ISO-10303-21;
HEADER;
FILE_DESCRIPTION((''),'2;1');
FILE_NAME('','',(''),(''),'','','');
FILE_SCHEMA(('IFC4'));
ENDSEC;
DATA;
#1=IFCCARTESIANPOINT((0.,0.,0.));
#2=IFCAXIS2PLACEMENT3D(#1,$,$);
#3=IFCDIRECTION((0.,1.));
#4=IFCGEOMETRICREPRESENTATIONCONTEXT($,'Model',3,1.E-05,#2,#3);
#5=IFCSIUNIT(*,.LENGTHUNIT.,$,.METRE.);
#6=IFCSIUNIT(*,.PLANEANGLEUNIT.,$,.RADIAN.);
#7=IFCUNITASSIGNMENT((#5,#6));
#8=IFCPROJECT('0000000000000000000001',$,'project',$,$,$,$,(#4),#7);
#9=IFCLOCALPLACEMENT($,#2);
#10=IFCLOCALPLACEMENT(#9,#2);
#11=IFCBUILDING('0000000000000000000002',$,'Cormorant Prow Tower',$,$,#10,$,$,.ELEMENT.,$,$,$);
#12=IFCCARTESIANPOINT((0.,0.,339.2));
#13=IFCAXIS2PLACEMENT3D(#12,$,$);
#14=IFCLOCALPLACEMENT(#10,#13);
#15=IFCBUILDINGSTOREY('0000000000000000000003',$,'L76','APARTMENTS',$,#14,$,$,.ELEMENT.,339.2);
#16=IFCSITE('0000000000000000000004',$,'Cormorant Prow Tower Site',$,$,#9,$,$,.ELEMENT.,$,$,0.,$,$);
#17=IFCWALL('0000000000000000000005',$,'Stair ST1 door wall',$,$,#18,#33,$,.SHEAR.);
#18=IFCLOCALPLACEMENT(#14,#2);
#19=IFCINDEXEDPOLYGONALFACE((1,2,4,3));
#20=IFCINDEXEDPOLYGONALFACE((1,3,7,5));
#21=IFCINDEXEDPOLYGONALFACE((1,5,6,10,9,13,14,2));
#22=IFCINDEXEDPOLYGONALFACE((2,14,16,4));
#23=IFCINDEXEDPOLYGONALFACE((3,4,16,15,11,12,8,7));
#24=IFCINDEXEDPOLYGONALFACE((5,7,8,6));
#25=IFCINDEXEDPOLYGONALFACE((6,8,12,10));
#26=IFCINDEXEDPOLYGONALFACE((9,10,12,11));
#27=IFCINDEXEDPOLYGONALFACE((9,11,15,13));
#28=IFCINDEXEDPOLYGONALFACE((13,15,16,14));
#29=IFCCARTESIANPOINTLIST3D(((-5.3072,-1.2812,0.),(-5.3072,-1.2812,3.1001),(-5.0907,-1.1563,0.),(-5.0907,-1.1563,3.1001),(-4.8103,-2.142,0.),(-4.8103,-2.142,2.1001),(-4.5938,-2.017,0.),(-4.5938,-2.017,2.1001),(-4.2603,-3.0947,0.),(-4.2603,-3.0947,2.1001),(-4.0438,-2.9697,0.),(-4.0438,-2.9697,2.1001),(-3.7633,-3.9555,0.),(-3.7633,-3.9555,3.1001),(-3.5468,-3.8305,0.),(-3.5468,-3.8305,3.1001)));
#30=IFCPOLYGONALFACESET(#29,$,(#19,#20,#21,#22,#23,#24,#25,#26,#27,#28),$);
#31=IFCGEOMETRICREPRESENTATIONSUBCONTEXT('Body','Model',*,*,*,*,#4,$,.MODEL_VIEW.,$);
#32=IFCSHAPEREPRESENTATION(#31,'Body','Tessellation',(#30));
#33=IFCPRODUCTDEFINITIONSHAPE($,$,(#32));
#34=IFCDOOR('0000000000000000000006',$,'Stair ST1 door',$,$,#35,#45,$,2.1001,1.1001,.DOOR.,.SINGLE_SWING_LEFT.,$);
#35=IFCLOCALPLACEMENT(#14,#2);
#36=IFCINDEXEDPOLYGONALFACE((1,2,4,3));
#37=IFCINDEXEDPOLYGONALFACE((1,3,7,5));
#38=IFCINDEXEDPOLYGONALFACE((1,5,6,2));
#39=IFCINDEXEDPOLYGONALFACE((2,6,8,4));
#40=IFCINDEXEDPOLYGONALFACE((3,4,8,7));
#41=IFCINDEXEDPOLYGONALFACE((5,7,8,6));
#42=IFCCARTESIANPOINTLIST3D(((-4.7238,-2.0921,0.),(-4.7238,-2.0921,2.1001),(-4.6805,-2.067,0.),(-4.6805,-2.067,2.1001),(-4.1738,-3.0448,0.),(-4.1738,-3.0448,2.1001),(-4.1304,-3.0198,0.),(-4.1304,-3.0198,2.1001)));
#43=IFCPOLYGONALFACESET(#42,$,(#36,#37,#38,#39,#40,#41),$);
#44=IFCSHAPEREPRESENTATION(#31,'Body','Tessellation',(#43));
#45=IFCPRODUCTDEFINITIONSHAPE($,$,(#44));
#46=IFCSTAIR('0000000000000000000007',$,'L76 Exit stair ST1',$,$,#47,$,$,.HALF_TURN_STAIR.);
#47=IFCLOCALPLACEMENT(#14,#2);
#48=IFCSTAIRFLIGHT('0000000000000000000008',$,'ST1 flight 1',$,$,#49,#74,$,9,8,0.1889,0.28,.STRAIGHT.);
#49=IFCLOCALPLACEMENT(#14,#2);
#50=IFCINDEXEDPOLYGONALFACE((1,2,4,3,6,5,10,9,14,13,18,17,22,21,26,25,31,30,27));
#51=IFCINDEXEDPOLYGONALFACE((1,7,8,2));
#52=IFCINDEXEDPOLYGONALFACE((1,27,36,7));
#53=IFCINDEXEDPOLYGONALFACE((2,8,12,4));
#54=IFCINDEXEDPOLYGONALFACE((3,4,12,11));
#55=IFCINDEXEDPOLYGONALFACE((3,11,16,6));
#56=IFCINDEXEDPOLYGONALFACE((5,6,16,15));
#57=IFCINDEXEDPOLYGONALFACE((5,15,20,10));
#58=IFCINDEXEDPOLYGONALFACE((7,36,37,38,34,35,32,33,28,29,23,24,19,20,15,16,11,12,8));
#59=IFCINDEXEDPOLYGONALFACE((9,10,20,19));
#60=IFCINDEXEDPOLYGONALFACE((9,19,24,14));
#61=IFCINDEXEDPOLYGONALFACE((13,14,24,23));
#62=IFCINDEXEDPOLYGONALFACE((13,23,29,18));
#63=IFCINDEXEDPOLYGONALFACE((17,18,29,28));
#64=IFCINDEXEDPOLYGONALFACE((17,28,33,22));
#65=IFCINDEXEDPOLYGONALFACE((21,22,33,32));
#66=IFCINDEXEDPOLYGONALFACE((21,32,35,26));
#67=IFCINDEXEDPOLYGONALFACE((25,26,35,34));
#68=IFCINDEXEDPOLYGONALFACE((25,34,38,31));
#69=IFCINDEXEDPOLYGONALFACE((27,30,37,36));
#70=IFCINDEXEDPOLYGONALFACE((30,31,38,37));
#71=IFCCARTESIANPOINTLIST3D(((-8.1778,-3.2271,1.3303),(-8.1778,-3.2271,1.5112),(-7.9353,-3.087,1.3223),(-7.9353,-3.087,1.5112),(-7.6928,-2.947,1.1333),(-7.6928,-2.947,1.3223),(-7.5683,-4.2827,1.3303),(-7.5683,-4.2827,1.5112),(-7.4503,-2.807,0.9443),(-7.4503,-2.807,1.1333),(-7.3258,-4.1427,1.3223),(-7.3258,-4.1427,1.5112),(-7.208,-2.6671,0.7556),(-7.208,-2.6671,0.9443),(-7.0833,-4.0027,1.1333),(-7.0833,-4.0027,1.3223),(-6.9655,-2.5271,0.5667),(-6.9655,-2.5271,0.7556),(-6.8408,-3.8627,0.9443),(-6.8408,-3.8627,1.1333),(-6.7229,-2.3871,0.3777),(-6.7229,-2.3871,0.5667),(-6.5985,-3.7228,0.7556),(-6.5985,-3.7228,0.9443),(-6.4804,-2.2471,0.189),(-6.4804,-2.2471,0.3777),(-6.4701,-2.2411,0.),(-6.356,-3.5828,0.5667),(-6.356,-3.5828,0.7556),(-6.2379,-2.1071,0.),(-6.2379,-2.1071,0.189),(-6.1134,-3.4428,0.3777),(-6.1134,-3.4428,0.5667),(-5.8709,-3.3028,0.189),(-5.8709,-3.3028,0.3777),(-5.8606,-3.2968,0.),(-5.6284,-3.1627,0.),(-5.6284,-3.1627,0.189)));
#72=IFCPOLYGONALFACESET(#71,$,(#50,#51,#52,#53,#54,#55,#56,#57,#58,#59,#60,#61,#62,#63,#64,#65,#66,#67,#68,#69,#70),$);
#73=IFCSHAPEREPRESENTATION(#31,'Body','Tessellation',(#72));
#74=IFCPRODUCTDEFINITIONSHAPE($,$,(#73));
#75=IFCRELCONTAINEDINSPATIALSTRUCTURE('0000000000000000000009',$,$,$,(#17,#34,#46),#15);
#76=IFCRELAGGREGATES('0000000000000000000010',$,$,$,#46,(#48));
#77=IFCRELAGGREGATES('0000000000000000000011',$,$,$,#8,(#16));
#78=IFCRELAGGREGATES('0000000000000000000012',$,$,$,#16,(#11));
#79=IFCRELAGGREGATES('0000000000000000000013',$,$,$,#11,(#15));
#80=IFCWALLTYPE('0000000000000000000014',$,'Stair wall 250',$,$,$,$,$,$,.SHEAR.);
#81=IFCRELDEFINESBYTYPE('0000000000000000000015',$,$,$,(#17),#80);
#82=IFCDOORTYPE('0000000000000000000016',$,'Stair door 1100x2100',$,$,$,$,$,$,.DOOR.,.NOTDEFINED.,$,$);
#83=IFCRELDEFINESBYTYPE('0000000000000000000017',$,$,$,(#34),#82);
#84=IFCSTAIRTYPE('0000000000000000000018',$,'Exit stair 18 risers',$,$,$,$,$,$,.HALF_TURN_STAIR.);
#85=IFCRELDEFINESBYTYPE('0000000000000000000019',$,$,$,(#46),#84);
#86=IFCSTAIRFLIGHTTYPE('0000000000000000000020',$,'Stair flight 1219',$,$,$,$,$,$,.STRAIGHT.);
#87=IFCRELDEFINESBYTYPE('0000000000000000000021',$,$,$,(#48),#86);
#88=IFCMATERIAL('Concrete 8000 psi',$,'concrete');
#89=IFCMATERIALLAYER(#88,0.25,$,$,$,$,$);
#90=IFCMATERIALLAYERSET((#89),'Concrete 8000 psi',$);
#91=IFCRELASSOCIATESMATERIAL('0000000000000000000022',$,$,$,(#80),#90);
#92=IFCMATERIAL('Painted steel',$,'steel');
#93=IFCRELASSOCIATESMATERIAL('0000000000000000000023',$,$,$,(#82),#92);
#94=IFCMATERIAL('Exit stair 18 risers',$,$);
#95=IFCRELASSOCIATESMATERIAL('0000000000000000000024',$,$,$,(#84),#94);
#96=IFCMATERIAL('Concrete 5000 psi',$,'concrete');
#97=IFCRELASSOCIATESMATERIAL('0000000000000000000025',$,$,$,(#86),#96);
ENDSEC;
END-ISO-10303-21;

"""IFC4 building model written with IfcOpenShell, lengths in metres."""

from ifc_helpers import new_model, si_unit, direction, frame, frame_2d, origin, place, context, subcontext, project, spatial, polyline, rectangle, outline, extrude, material, layer, layer_set, type_object, element, fill, aggregate, save


model = new_model("IFC4")

# Units and contexts
model_context = context("Model", 3, precision=1e-05, world=origin(), true_north=direction((0.0, 1.0)))
body_context = subcontext(model_context, "Body", "Model", "MODEL_VIEW")
ifc_project = project(units=[si_unit("LENGTHUNIT", "METRE"), si_unit("PLANEANGLEUNIT", "RADIAN")], contexts=[model_context])

# Site, building, storey
site_placement = place(None, origin())
site = spatial("IfcSite", under=ifc_project, at=site_placement, Name="Cormorant Prow Tower Site", CompositionType="ELEMENT", RefElevation=0.0)
building_placement = place(site_placement, origin())
building = spatial("IfcBuilding", under=site, at=building_placement, Name="Cormorant Prow Tower", CompositionType="ELEMENT")
storey_placement = place(building_placement, frame((0.0, 0.0, 339.2)))
storey = spatial("IfcBuildingStorey", under=building, at=storey_placement, Name="L76", Description="APARTMENTS", CompositionType="ELEMENT", Elevation=339.2)

# Wall, opening, door
ifc_material_1 = material(Name="Concrete 8000 psi", Category="concrete")
ifc_layer_1 = layer(ifc_material_1, 0.25)
ifc_layer_set_1 = layer_set([ifc_layer_1], Name="Concrete 8000 psi")
wall_type_1 = type_object("IfcWallType", Name="Stair wall 250", PredefinedType="SHEAR", material=ifc_layer_set_1)
wall_1_placement = place(storey_placement, frame((-5.199, -1.2188, 0.0), z_axis=(0.0, 0.0, 1.0), x_axis=(0.499983, -0.866035, 0.0)))
wall_1 = element("IfcWall", 1, at=wall_1_placement, inside=storey, type_object=wall_type_1, Name="Stair ST1 door wall", PredefinedType="SHEAR", context=body_context, shape_type="SweptSolid", body=[
    extrude(rectangle(XDim=3.0879, YDim=0.25, at=frame_2d((1.5439, 0.0))), origin(), (0.0, 0.0, 1.0), 3.1001),
])
opening_1_placement = place(wall_1_placement, frame((0.9939, 0.0, 0.0)))
opening_1 = element("IfcOpeningElement", 2, at=opening_1_placement, cuts=wall_1, PredefinedType="OPENING", context=body_context, shape_type="SweptSolid", body=[
    extrude(rectangle(XDim=1.1001, YDim=2.1001, at=frame_2d((0.55, 1.05))), frame((0.0, 0.135, 0.0), z_axis=(0.0, -1.0, 0.0), x_axis=(1.0, 0.0, 0.0)), (0.0, 0.0, 1.0), 0.27),
])
ifc_material_2 = material(Name="Painted steel", Category="steel")
door_type_1 = type_object("IfcDoorType", Name="Stair door 1100x2100", OperationType="NOTDEFINED", PredefinedType="DOOR", material=ifc_material_2)
door_1_placement = place(opening_1_placement, origin())
door_1 = element("IfcDoor", 3, at=door_1_placement, inside=storey, type_object=door_type_1, Name="Stair ST1 door", OperationType="SINGLE_SWING_LEFT", OverallHeight=2.1001, OverallWidth=1.1001, PredefinedType="DOOR", context=body_context, shape_type="SweptSolid", body=[
    extrude(rectangle(XDim=1.1001, YDim=2.1001, at=frame_2d((0.55, 1.05))), frame((0.0, 0.0249, 0.0), z_axis=(0.0, -1.0, 0.0), x_axis=(1.0, 0.0, 0.0)), (0.0, 0.0, 1.0), 0.05),
])
fill(opening_1, door_1)

# Stair, stair flight
ifc_material_3 = material(Name="Exit stair 18 risers")
stair_type = type_object("IfcStairType", Name="Exit stair 18 risers", PredefinedType="HALF_TURN_STAIR", material=ifc_material_3)
stair_placement = place(storey_placement, origin())
stair = element("IfcStair", 4, at=stair_placement, inside=storey, type_object=stair_type, Name="L76 Exit stair ST1", PredefinedType="HALF_TURN_STAIR")
ifc_material_4 = material(Name="Concrete 5000 psi", Category="concrete")
stair_flight_type = type_object("IfcStairFlightType", Name="Stair flight 1219", PredefinedType="STRAIGHT", material=ifc_material_4)
stair_flight_placement = place(storey_placement, frame((-5.9331, -2.635, 0.0), z_axis=(0.0, 0.0, 1.0), x_axis=(-0.866025, -0.5, 0.0)))
stair_flight = element("IfcStairFlight", 5, at=stair_flight_placement, type_object=stair_flight_type, Name="ST1 flight 1", NumberOfRisers=9, NumberOfTreads=8, PredefinedType="STRAIGHT", RiserHeight=0.1889, TreadLength=0.28, context=body_context, shape_type="SweptSolid", body=[
    extrude(outline(polyline([(0.0, 0.0), (0.0, 0.189), (0.28, 0.189), (0.28, 0.3777), (0.5601, 0.3777), (0.5601, 0.5667), (0.8401, 0.5667), (0.8401, 0.7556), (1.1201, 0.7556), (1.1201, 0.9443), (1.3999, 0.9443), (1.3999, 1.1333), (1.6799, 1.1333), (1.6799, 1.3223), (1.96, 1.3223), (1.96, 1.5112), (2.24, 1.5112), (2.24, 1.7), (2.24, 1.3303), (0.2681, 0.0), (0.0, 0.0)])), frame((0.0, 0.6094, 0.0), z_axis=(0.0, -1.0, 0.0), x_axis=(1.0, 0.0, 0.0)), (0.0, 0.0, 1.0), 1.219),
])
aggregate(stair, [stair_flight])

save(model, "model.ifc")
